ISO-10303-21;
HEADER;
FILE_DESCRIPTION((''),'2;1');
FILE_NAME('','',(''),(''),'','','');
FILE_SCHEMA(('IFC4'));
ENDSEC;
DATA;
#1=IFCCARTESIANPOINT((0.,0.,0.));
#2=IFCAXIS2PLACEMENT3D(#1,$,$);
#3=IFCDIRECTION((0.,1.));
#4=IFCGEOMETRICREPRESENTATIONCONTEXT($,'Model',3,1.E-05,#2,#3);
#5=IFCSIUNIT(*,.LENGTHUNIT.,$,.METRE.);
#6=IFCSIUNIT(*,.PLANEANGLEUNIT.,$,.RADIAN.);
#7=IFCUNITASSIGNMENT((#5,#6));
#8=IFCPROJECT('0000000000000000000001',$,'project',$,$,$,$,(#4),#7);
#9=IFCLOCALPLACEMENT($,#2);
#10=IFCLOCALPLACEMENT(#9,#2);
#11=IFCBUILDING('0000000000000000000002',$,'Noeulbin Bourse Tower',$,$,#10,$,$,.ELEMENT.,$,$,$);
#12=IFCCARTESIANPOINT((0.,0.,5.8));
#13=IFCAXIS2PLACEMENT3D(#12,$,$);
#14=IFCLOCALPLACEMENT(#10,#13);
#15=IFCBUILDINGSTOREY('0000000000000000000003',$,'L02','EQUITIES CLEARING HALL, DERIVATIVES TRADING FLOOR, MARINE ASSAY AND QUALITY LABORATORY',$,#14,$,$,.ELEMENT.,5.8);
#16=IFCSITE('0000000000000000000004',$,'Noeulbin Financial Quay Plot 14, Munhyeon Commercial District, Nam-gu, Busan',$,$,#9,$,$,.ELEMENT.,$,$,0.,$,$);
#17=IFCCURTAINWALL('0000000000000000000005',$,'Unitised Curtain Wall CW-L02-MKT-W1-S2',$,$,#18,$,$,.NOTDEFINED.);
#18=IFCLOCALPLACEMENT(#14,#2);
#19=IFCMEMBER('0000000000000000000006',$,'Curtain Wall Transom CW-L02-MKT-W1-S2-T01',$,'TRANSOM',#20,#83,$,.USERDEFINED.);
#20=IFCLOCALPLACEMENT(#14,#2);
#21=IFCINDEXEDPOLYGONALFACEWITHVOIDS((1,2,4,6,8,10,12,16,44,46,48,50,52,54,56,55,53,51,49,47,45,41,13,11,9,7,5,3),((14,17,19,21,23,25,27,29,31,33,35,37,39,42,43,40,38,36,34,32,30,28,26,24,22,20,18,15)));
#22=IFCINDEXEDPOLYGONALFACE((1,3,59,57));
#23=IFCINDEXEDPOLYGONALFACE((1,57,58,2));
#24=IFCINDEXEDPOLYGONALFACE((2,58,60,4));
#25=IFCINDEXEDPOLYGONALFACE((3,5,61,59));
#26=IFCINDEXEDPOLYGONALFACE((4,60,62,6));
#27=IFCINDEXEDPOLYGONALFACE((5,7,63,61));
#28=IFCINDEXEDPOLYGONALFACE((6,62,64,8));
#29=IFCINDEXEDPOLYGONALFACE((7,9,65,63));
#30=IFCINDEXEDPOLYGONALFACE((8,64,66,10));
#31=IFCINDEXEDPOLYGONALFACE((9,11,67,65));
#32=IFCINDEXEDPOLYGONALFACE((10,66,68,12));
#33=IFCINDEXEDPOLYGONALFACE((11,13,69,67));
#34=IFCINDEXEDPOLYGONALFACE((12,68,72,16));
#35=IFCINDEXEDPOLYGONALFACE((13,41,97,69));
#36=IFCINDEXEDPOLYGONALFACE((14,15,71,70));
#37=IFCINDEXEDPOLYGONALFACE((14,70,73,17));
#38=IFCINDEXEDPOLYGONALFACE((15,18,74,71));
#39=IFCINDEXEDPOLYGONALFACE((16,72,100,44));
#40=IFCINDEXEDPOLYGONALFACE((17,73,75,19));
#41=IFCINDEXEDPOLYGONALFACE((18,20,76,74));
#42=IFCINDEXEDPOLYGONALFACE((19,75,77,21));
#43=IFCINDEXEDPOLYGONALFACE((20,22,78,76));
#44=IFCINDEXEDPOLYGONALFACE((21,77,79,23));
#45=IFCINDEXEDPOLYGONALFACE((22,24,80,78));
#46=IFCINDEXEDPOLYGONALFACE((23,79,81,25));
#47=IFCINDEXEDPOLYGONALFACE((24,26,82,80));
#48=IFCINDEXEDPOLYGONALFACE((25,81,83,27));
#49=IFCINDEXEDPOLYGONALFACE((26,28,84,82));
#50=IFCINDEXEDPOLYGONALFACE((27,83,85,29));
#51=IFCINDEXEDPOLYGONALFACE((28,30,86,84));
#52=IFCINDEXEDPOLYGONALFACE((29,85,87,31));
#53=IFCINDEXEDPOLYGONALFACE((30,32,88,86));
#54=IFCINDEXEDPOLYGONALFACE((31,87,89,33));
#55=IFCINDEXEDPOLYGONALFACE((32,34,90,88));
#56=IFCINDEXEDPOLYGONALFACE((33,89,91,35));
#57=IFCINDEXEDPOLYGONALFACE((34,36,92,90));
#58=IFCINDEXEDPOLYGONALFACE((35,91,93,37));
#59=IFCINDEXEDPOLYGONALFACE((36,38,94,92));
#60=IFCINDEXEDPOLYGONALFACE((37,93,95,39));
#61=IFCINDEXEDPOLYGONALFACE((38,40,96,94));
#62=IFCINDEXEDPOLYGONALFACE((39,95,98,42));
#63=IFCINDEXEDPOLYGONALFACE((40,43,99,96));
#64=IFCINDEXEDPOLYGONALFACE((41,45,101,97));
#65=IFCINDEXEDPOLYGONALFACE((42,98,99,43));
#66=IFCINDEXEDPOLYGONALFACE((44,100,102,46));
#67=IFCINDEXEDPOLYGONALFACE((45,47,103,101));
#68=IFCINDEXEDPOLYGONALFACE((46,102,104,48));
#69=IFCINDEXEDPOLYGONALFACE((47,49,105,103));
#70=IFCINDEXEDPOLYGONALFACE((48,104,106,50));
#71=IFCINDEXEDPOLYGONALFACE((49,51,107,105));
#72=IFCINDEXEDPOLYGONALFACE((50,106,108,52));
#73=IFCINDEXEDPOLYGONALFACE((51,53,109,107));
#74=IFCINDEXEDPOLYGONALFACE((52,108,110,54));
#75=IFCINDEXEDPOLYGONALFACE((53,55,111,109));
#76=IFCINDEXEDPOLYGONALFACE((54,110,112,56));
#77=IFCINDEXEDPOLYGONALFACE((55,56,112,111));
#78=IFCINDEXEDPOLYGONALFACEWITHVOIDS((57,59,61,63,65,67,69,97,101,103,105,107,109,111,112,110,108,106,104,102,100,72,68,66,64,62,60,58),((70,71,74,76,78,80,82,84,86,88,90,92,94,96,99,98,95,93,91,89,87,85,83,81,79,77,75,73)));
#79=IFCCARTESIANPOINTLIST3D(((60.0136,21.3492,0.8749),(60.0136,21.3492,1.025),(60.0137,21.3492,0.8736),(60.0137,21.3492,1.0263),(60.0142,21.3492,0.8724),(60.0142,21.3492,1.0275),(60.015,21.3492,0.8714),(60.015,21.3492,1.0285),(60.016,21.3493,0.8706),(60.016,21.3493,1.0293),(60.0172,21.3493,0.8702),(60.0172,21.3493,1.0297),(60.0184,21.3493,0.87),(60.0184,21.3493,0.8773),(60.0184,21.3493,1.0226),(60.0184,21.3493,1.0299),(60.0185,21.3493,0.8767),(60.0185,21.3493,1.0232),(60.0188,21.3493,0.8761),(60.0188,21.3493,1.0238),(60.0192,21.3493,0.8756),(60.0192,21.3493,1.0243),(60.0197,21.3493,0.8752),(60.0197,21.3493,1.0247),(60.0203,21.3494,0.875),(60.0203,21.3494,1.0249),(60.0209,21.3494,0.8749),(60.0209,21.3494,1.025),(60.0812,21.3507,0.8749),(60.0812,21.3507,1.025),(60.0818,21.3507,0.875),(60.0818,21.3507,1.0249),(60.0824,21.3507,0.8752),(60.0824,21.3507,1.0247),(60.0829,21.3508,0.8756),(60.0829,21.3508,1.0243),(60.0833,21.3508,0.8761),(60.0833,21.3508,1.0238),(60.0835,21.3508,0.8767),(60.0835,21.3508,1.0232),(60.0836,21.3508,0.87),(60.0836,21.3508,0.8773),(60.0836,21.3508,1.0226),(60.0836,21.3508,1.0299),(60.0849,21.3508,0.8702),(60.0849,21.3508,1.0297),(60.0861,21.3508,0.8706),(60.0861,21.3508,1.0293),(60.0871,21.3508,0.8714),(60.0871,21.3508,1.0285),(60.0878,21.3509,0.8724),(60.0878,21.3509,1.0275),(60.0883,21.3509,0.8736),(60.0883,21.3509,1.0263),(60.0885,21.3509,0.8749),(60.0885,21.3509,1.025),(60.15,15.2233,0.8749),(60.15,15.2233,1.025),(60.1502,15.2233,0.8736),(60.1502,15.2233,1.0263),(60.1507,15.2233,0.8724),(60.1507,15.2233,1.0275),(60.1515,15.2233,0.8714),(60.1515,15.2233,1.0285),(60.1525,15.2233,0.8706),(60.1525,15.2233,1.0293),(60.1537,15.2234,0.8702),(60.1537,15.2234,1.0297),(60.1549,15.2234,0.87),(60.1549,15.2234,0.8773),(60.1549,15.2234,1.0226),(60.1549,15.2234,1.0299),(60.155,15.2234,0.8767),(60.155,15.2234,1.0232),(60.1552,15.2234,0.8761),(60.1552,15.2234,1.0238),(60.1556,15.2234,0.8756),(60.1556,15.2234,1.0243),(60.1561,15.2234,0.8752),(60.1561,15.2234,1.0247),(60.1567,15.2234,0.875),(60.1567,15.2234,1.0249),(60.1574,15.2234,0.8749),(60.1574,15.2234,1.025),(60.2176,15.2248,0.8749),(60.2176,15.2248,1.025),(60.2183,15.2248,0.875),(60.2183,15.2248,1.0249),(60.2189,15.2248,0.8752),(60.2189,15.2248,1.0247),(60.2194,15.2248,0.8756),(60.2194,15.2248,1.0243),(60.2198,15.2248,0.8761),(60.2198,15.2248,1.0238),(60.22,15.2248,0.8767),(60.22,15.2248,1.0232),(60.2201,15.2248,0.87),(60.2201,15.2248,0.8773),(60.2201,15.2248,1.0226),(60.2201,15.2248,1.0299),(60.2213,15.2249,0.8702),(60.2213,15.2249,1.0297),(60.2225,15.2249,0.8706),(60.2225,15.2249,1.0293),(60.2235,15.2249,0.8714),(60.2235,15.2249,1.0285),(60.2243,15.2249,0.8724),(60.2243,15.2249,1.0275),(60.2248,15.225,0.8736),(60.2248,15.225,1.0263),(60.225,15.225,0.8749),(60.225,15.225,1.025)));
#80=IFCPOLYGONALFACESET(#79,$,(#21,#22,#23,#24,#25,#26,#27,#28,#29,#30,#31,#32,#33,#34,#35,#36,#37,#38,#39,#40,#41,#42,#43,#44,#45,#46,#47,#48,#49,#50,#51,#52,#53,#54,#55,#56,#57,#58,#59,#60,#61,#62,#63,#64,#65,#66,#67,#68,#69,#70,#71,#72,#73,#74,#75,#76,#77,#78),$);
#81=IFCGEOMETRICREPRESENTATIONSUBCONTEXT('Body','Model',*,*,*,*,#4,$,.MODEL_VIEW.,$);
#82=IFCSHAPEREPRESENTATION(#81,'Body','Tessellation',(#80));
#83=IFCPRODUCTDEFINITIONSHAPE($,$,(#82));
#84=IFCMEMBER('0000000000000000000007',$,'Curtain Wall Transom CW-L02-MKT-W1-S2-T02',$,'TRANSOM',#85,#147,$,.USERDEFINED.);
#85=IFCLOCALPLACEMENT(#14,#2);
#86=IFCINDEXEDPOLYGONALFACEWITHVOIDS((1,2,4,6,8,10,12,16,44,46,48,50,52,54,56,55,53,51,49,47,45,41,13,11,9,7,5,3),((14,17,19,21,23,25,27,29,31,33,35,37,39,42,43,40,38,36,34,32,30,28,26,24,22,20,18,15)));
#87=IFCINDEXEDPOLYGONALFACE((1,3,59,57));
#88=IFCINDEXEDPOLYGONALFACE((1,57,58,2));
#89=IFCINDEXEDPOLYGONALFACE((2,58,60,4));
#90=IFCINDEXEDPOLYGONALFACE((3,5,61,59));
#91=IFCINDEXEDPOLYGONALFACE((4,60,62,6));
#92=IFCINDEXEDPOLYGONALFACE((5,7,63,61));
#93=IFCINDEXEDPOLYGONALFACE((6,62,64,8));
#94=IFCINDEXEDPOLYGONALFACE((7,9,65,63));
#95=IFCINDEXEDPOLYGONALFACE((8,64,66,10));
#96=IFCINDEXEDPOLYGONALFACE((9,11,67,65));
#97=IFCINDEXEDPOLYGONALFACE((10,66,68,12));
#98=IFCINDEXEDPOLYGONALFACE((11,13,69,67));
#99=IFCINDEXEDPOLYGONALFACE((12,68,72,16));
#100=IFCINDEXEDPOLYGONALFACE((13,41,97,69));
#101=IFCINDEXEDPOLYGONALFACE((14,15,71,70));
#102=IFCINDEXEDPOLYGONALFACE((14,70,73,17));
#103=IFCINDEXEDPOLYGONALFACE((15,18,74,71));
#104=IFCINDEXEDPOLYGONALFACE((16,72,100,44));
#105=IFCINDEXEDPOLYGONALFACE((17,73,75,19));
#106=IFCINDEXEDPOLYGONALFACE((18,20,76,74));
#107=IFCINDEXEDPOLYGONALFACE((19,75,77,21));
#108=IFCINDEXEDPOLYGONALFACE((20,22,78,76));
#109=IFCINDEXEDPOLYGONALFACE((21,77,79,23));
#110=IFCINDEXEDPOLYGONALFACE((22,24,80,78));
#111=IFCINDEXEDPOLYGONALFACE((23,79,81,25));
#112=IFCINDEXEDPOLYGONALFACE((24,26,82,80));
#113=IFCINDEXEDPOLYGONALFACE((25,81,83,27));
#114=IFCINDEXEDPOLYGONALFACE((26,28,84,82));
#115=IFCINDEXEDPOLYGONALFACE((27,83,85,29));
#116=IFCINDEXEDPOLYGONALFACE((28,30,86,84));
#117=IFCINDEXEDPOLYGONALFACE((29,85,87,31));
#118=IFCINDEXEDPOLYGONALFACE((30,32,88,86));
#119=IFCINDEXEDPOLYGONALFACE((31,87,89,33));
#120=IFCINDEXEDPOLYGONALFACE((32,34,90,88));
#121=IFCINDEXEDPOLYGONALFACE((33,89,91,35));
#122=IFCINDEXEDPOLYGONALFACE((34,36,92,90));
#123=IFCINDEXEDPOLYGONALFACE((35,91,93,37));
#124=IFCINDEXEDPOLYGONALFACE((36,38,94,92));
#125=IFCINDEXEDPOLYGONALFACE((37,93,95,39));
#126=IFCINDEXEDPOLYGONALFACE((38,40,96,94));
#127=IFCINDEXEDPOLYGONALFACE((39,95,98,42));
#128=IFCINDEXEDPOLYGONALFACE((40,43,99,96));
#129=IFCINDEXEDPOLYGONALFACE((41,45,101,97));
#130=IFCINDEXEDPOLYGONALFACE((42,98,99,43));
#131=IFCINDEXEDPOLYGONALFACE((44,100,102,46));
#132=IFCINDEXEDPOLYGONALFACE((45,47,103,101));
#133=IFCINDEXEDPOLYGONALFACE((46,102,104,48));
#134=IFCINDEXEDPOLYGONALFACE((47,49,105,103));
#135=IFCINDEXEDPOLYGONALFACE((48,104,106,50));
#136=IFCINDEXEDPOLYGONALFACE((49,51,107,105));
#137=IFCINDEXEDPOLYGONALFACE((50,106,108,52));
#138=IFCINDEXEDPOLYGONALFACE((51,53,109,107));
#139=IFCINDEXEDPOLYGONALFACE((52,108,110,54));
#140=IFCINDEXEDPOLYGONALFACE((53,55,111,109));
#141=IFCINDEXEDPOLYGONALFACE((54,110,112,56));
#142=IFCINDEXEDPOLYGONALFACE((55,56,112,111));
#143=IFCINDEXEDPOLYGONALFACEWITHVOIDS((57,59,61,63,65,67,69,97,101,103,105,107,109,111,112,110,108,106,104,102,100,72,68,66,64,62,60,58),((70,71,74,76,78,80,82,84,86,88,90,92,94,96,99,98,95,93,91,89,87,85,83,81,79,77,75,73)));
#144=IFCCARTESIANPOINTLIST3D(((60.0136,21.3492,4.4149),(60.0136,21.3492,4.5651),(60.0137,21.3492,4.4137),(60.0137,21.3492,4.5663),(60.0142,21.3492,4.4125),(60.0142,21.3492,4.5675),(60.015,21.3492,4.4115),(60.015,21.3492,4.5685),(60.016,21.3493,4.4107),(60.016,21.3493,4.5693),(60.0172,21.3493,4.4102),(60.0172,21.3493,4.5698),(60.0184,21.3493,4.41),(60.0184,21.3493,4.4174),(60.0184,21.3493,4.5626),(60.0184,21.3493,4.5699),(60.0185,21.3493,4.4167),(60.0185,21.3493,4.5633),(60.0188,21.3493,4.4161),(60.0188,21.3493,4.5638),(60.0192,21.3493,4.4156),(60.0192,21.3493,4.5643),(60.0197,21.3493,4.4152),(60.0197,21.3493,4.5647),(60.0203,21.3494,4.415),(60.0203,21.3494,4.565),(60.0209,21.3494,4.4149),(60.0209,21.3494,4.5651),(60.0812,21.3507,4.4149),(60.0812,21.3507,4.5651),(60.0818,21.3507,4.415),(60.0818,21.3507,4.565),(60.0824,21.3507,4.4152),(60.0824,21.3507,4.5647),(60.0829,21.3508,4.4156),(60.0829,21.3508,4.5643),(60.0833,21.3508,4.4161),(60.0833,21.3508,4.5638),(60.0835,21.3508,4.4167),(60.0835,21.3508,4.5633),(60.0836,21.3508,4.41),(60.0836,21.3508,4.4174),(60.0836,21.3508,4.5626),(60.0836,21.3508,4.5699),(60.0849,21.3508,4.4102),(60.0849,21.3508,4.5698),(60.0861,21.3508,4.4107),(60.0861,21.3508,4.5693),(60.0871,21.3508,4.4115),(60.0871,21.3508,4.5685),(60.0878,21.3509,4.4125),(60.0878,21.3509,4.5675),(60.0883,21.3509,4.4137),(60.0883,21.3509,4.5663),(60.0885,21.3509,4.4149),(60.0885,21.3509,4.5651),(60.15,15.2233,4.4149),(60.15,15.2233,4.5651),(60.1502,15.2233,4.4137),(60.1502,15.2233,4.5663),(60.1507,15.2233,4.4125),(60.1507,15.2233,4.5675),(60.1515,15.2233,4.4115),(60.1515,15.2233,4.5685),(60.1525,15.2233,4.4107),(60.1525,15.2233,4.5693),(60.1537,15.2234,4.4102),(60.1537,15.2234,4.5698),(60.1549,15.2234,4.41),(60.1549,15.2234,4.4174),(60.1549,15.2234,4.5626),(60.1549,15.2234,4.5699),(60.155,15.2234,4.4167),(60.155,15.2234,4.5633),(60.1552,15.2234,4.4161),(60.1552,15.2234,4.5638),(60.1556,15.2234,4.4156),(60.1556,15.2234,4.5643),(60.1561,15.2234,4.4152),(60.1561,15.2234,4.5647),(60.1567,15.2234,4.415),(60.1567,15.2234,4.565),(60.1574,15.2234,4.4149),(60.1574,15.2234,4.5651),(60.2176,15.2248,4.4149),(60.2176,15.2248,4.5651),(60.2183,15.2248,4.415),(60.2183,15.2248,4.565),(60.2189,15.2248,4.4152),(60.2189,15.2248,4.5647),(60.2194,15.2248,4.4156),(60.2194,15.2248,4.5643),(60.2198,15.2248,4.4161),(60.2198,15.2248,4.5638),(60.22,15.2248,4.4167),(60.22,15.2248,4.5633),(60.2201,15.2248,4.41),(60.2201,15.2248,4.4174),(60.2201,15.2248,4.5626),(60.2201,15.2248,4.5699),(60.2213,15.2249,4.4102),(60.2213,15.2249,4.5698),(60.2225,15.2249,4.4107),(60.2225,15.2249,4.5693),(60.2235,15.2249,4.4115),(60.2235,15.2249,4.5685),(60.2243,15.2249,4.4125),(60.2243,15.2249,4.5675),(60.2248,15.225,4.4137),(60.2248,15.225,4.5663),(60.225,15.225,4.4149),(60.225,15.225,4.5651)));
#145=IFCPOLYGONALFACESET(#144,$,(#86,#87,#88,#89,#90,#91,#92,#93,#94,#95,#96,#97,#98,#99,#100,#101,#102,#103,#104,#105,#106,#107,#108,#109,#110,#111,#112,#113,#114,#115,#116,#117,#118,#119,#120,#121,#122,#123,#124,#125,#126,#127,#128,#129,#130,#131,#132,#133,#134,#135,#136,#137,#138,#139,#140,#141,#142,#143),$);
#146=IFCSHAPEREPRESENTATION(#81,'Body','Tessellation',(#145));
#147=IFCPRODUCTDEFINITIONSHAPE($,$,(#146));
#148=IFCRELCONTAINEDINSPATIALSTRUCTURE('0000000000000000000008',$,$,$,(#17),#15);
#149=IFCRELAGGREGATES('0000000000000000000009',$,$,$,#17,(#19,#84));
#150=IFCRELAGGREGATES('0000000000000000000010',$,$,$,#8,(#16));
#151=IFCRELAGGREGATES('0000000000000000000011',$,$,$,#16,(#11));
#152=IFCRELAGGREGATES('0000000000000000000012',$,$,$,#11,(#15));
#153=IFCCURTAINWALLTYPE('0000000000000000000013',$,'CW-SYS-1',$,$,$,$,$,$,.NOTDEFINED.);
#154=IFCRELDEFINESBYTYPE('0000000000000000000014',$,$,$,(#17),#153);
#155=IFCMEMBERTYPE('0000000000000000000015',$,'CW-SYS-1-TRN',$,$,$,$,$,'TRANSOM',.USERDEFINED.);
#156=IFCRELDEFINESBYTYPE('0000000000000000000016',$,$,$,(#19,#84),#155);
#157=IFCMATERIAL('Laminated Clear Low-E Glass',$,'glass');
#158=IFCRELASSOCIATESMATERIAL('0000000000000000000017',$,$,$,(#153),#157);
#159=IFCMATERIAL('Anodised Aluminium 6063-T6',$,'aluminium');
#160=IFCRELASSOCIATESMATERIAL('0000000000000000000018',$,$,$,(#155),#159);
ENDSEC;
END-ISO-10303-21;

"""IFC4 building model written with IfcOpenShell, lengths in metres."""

from ifc_helpers import new_model, si_unit, direction, frame, origin, origin_2d, place, context, subcontext, project, spatial, hollow_rectangle, extrude, material, material_profile, profile_set, type_object, element, aggregate, save


model = new_model("IFC4")

# Units and contexts
model_context = context("Model", 3, precision=1e-05, world=origin(), true_north=direction((0.0, 1.0)))
body_context = subcontext(model_context, "Body", "Model", "MODEL_VIEW")
ifc_project = project(units=[si_unit("LENGTHUNIT", "METRE"), si_unit("PLANEANGLEUNIT", "RADIAN")], contexts=[model_context])

# Site, building, storey
site_placement = place(None, origin())
site = spatial("IfcSite", under=ifc_project, at=site_placement, Name="Noeulbin Financial Quay Plot 14, Munhyeon Commercial District, Nam-gu, Busan", CompositionType="ELEMENT", RefElevation=0.0)
building_placement = place(site_placement, origin())
building = spatial("IfcBuilding", under=site, at=building_placement, Name="Noeulbin Bourse Tower", CompositionType="ELEMENT")
storey_placement = place(building_placement, frame((0.0, 0.0, 5.8)))
storey = spatial("IfcBuildingStorey", under=building, at=storey_placement, Name="L02", Description="EQUITIES CLEARING HALL, DERIVATIVES TRADING FLOOR, MARINE ASSAY AND QUALITY LABORATORY", CompositionType="ELEMENT", Elevation=5.8)

# Curtain wall, members
ifc_material_1 = material(Name="Laminated Clear Low-E Glass", Category="glass")
curtain_wall_type = type_object("IfcCurtainWallType", Name="CW-SYS-1", PredefinedType="NOTDEFINED", material=ifc_material_1)
curtain_wall_placement = place(storey_placement, origin())
curtain_wall = element("IfcCurtainWall", 1, at=curtain_wall_placement, inside=storey, type_object=curtain_wall_type, Name="Unitised Curtain Wall CW-L02-MKT-W1-S2", PredefinedType="NOTDEFINED")
ifc_material_2 = material(Name="Anodised Aluminium 6063-T6", Category="aluminium")
ifc_material_profile_1 = material_profile(ifc_material_2, hollow_rectangle(XDim=0.075, YDim=0.1599, WallThickness=0.0049, InnerFilletRadius=0.0024, OuterFilletRadius=0.0049, at=origin_2d()), Name="ALU-TRAN-75x160x5", Category="LoadBearing")
ifc_profile_set_1 = profile_set([ifc_material_profile_1], Name="Anodised Aluminium 6063-T6")
member_type_1 = type_object("IfcMemberType", Name="CW-SYS-1-TRN", ElementType="TRANSOM", PredefinedType="USERDEFINED", material=ifc_profile_set_1)
member_1_placement = place(storey_placement, frame((60.1875, 15.2241, 0.95), z_axis=(-0.022272, 0.999752, 0.0), x_axis=(-0.999752, -0.022272, 0.0)))
member_1 = element("IfcMember", 2, at=member_1_placement, type_object=member_type_1, Name="Curtain Wall Transom CW-L02-MKT-W1-S2-T01", ObjectType="TRANSOM", PredefinedType="USERDEFINED", context=body_context, shape_type="SweptSolid", body=[
    extrude(hollow_rectangle(XDim=0.075, YDim=0.1599, WallThickness=0.0049, InnerFilletRadius=0.0024, OuterFilletRadius=0.0049, at=origin_2d()), origin(), (0.0, 0.0, 1.0), 6.1274),
])
member_2_placement = place(storey_placement, frame((60.1875, 15.2241, 4.49), z_axis=(-0.022272, 0.999752, 0.0), x_axis=(-0.999752, -0.022272, 0.0)))
member_2 = element("IfcMember", 3, at=member_2_placement, type_object=member_type_1, Name="Curtain Wall Transom CW-L02-MKT-W1-S2-T02", ObjectType="TRANSOM", PredefinedType="USERDEFINED", context=body_context, shape_type="SweptSolid", body=[
    extrude(hollow_rectangle(XDim=0.075, YDim=0.1599, WallThickness=0.0049, InnerFilletRadius=0.0024, OuterFilletRadius=0.0049, at=origin_2d()), origin(), (0.0, 0.0, 1.0), 6.1274),
])
aggregate(curtain_wall, [member_1, member_2])

save(model, "model.ifc")
